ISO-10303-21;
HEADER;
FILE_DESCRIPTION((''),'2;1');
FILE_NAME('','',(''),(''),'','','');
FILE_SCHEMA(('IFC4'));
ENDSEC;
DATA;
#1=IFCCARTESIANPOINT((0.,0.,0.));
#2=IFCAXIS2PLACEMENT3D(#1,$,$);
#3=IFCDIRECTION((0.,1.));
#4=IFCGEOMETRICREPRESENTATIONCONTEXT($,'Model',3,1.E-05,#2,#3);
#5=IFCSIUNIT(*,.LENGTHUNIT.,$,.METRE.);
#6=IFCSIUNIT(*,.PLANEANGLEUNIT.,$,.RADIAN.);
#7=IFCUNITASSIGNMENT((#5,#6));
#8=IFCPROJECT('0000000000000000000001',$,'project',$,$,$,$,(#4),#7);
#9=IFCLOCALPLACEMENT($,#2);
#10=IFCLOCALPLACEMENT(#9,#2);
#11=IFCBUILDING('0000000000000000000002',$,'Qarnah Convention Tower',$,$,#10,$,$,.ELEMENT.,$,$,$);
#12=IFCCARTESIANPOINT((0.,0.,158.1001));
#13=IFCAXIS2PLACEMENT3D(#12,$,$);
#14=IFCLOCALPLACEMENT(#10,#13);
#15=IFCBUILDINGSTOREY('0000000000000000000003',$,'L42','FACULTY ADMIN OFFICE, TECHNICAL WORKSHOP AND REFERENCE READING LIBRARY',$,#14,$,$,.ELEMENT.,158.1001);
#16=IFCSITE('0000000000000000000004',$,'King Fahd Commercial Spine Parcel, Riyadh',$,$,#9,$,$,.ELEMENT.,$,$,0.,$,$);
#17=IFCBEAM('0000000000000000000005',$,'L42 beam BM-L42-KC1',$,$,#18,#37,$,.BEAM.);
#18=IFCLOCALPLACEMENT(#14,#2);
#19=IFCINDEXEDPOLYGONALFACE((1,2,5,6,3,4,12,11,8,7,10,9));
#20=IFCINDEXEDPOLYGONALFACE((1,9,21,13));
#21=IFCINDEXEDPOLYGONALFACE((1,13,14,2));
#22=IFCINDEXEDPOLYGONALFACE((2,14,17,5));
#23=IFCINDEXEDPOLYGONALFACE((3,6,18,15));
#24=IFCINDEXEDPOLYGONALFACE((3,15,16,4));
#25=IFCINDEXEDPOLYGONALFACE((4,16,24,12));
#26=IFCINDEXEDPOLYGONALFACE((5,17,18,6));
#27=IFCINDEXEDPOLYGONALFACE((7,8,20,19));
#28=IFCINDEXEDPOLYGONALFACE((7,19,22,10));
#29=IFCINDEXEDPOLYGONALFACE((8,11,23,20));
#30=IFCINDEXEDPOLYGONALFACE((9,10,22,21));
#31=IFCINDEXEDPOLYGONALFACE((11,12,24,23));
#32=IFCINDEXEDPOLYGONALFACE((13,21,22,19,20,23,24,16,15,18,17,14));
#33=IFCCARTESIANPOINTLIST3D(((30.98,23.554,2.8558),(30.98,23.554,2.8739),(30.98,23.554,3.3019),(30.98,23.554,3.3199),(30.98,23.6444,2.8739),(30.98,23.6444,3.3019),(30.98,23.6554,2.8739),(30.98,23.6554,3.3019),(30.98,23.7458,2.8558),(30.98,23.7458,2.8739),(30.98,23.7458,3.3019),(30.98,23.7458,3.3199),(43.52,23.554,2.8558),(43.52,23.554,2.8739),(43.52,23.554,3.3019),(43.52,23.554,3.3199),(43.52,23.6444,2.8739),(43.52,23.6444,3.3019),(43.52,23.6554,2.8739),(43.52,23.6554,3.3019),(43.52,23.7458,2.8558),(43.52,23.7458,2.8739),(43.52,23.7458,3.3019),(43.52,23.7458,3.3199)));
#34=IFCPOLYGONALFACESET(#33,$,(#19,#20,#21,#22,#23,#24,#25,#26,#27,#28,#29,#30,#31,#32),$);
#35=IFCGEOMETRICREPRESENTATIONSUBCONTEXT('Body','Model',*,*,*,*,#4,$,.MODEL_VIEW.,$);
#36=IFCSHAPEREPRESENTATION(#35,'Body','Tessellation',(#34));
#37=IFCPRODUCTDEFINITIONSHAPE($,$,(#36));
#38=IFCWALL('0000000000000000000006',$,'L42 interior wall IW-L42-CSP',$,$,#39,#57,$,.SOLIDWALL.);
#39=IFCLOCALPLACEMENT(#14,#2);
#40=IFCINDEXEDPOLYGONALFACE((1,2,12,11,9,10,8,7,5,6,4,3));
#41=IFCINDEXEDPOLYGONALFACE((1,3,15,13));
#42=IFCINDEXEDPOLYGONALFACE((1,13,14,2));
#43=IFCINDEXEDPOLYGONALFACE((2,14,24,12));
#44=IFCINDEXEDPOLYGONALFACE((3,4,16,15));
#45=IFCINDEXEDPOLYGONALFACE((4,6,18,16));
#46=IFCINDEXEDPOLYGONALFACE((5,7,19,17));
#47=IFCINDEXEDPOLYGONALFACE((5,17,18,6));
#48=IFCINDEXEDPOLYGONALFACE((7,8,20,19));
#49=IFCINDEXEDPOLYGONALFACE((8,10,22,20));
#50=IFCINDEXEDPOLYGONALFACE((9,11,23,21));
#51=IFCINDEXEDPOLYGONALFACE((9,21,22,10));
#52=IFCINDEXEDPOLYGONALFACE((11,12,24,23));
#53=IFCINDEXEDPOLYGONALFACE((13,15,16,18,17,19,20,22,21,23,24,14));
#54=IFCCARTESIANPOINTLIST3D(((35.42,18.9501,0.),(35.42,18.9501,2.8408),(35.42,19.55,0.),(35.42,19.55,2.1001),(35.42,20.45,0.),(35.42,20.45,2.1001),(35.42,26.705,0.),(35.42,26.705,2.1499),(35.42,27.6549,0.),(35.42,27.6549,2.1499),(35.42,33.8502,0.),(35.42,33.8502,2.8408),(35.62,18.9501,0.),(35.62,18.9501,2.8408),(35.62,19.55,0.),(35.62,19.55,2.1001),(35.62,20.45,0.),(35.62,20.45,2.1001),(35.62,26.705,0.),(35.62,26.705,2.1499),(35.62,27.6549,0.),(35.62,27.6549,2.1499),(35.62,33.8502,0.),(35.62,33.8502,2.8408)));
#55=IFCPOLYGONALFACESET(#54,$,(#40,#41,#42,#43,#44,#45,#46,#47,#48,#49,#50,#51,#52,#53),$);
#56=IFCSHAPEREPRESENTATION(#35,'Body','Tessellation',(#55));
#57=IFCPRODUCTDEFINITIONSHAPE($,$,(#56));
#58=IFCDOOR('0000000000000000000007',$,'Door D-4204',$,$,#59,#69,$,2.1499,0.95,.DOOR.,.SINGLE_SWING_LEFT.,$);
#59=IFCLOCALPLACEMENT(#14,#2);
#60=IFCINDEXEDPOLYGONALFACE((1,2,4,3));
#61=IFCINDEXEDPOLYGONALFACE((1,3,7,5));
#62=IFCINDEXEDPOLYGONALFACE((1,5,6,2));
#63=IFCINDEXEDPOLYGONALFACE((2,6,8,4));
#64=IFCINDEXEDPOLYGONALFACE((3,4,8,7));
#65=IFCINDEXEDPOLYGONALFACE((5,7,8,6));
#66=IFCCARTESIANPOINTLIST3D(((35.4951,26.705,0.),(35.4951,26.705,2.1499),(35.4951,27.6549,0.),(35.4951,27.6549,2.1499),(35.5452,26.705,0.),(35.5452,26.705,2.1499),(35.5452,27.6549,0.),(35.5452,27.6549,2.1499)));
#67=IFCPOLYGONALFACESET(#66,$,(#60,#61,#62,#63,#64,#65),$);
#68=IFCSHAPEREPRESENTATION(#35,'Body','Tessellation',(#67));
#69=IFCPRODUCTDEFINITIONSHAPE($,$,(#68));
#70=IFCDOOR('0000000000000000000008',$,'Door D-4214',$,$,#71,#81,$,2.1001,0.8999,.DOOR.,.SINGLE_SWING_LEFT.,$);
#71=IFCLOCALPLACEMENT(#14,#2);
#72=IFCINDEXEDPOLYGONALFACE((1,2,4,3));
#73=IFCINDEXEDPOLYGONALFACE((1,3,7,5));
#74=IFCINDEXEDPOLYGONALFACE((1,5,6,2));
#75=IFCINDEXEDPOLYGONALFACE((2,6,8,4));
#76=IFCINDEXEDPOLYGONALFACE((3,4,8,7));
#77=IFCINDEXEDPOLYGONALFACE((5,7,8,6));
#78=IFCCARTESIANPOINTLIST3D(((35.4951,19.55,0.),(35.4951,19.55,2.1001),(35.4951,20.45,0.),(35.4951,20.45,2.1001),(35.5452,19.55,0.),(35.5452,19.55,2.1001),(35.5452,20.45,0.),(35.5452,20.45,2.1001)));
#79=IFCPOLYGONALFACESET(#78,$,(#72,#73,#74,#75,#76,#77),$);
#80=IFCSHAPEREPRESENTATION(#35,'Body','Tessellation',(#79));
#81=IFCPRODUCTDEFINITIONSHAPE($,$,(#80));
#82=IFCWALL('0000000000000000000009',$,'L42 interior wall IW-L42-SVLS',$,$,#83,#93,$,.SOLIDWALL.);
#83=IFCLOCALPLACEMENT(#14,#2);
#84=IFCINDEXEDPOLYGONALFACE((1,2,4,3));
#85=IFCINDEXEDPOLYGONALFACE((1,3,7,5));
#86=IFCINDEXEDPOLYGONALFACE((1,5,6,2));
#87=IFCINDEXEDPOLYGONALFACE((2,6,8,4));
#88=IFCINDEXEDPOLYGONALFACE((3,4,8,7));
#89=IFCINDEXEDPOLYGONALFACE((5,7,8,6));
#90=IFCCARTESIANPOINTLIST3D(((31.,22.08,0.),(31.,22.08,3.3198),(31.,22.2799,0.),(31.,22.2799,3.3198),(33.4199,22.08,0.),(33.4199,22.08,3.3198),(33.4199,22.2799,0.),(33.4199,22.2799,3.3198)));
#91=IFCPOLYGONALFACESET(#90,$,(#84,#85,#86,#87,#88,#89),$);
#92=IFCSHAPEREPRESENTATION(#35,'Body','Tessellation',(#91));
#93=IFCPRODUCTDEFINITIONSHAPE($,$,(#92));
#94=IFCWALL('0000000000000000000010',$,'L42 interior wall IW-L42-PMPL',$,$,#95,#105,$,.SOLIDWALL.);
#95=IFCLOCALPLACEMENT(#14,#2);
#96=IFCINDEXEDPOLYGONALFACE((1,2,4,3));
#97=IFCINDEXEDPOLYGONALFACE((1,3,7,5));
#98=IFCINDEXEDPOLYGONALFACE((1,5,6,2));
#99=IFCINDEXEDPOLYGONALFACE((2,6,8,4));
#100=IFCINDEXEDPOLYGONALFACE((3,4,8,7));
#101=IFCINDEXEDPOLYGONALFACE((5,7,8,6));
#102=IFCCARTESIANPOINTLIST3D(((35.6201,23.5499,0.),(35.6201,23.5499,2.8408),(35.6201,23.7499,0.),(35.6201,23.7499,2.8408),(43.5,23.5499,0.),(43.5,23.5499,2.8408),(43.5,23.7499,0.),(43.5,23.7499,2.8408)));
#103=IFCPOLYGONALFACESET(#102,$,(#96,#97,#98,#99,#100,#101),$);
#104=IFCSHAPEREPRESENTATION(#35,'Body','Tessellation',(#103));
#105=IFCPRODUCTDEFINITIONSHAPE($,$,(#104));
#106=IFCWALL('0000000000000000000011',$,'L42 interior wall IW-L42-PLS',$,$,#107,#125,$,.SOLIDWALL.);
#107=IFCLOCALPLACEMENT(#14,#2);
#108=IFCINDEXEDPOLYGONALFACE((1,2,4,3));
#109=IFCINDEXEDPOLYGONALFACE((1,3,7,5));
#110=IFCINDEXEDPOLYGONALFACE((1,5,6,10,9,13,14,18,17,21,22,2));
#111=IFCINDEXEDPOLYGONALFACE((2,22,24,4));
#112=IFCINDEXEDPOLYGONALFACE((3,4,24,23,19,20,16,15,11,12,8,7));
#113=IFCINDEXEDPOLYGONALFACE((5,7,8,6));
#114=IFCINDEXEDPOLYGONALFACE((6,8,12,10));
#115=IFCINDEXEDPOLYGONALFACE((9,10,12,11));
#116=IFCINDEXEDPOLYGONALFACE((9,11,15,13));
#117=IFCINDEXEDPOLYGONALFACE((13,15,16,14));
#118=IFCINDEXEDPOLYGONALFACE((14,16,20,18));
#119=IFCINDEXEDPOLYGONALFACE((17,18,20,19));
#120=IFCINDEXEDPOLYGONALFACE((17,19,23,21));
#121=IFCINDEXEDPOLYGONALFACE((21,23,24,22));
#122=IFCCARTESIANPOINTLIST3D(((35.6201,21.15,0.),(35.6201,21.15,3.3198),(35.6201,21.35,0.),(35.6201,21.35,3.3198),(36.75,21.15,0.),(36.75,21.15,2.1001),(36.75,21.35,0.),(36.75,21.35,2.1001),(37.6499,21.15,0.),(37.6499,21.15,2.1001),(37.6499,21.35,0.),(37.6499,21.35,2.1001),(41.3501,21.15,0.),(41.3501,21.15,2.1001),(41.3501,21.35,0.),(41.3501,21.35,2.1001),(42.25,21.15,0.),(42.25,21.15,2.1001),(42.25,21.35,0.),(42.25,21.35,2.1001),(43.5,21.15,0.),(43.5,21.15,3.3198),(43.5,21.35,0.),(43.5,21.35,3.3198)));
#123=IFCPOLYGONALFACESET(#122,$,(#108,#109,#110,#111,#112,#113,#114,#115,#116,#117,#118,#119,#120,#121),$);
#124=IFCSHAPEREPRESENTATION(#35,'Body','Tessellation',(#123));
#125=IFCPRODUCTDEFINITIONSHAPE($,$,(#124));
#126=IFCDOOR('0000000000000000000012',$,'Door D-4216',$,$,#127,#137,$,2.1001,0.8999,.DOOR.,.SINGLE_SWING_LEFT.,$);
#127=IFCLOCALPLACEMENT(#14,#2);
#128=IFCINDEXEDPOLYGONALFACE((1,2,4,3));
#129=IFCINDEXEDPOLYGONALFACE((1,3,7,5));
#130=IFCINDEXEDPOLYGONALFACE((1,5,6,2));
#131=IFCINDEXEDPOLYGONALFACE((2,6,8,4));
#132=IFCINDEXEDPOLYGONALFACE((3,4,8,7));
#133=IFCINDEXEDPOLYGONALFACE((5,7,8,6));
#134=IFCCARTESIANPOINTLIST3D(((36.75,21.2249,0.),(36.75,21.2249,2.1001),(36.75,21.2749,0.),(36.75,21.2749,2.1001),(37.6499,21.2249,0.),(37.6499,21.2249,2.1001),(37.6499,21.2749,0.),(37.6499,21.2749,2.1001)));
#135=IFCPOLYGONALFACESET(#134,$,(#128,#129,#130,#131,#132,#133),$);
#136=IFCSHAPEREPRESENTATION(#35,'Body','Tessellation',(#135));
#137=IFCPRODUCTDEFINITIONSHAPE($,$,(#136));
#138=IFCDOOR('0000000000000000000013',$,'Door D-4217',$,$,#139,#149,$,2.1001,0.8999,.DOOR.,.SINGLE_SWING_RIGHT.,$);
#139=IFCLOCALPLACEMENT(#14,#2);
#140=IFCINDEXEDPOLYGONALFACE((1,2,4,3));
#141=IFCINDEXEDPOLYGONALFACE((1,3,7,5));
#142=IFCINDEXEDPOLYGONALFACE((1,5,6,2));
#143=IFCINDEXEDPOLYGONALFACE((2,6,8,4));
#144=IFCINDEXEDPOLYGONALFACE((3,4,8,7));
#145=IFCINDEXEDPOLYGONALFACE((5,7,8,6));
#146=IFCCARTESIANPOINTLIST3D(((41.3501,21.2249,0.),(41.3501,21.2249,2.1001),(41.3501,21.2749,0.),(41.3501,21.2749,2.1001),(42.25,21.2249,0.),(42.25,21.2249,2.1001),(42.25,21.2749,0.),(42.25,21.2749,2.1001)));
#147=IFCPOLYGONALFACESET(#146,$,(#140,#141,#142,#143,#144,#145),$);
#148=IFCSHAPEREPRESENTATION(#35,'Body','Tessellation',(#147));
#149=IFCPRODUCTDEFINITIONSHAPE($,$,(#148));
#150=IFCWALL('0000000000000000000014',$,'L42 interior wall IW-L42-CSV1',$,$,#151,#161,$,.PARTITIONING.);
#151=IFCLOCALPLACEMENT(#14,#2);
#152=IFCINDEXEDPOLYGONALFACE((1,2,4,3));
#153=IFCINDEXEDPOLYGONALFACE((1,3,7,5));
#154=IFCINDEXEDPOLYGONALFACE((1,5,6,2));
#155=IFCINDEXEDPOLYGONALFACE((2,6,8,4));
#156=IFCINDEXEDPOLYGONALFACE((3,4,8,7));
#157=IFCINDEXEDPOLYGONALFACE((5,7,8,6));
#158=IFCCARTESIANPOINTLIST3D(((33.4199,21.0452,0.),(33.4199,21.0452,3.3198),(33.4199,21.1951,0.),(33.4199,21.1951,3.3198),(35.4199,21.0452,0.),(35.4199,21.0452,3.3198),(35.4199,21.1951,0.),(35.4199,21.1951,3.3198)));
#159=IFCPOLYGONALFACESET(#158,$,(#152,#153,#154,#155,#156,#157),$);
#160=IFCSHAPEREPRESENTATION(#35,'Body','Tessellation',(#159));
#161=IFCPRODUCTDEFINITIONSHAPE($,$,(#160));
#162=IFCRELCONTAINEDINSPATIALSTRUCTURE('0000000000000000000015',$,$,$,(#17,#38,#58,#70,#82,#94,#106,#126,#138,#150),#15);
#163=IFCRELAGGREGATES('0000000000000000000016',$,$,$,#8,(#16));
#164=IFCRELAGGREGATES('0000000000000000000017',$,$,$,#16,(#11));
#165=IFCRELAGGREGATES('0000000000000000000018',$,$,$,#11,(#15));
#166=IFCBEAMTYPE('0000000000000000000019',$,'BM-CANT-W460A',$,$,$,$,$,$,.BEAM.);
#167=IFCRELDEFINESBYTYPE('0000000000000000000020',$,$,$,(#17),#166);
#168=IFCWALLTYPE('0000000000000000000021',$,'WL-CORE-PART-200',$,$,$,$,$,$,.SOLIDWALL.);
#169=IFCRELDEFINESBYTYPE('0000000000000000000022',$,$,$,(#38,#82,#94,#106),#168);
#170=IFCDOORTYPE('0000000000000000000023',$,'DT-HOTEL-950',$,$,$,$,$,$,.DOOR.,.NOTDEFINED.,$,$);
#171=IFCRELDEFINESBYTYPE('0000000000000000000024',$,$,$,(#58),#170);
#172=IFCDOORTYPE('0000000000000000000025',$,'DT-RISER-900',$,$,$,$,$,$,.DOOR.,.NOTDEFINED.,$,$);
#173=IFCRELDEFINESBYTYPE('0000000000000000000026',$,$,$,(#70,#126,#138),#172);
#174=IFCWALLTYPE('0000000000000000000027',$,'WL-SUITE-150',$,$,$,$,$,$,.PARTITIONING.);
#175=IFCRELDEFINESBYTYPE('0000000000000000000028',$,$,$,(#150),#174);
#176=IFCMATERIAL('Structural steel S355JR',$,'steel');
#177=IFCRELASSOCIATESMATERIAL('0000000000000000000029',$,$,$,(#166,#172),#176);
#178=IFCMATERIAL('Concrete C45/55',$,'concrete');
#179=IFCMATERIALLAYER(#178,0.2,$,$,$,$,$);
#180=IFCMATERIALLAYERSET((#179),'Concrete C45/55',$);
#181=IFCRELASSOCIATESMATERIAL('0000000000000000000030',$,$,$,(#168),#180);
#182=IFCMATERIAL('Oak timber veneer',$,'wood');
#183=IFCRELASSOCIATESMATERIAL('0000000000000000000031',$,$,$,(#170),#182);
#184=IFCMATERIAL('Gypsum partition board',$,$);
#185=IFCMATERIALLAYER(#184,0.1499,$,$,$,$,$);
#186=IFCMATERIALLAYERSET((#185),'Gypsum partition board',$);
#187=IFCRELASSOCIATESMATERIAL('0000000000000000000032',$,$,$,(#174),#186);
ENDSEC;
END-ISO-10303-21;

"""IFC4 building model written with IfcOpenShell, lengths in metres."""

from ifc_helpers import new_model, si_unit, direction, frame, frame_2d, origin, origin_2d, place, context, subcontext, project, spatial, rectangle, i_section, extrude, material, layer, layer_set, material_profile, profile_set, type_object, element, fill, save


model = new_model("IFC4")

# Units and contexts
model_context = context("Model", 3, precision=1e-05, world=origin(), true_north=direction((0.0, 1.0)))
body_context = subcontext(model_context, "Body", "Model", "MODEL_VIEW")
ifc_project = project(units=[si_unit("LENGTHUNIT", "METRE"), si_unit("PLANEANGLEUNIT", "RADIAN")], contexts=[model_context])

# Site, building, storey
site_placement = place(None, origin())
site = spatial("IfcSite", under=ifc_project, at=site_placement, Name="King Fahd Commercial Spine Parcel, Riyadh", CompositionType="ELEMENT", RefElevation=0.0)
building_placement = place(site_placement, origin())
building = spatial("IfcBuilding", under=site, at=building_placement, Name="Qarnah Convention Tower", CompositionType="ELEMENT")
storey_placement = place(building_placement, frame((0.0, 0.0, 158.1001)))
storey = spatial("IfcBuildingStorey", under=building, at=storey_placement, Name="L42", Description="FACULTY ADMIN OFFICE, TECHNICAL WORKSHOP AND REFERENCE READING LIBRARY", CompositionType="ELEMENT", Elevation=158.1001)

# Beam
ifc_material_1 = material(Name="Structural steel S355JR", Category="steel")
ifc_material_profile = material_profile(ifc_material_1, i_section(OverallWidth=0.1919, OverallDepth=0.4641, WebThickness=0.011, FlangeThickness=0.0181, at=origin_2d()), Name="W460X89")
ifc_profile_set = profile_set([ifc_material_profile], Name="Structural steel S355JR")
beam_type = type_object("IfcBeamType", Name="BM-CANT-W460A", PredefinedType="BEAM", material=ifc_profile_set)
beam_placement = place(storey_placement, frame((30.98, 23.6499, 3.0879), z_axis=(1.0, 0.0, 0.0), x_axis=(0.0, 1.0, 0.0)))
element("IfcBeam", 1, at=beam_placement, inside=storey, type_object=beam_type, Name="L42 beam BM-L42-KC1", PredefinedType="BEAM", context=body_context, shape_type="SweptSolid", body=[
    extrude(i_section(OverallWidth=0.1919, OverallDepth=0.4641, WebThickness=0.011, FlangeThickness=0.0181, at=origin_2d()), origin(), (0.0, 0.0, 1.0), 12.54),
])

# Wall, openings, doors
ifc_material_2 = material(Name="Concrete C45/55", Category="concrete")
ifc_layer_1 = layer(ifc_material_2, 0.2)
ifc_layer_set_1 = layer_set([ifc_layer_1], Name="Concrete C45/55")
wall_type_1 = type_object("IfcWallType", Name="WL-CORE-PART-200", PredefinedType="SOLIDWALL", material=ifc_layer_set_1)
wall_1_placement = place(storey_placement, frame((35.52, 18.95, 0.0), z_axis=(0.0, 0.0, 1.0), x_axis=(0.0, 1.0, 0.0)))
wall_1 = element("IfcWall", 2, at=wall_1_placement, inside=storey, type_object=wall_type_1, Name="L42 interior wall IW-L42-CSP", PredefinedType="SOLIDWALL", context=body_context, shape_type="SweptSolid", body=[
    extrude(rectangle(XDim=14.9001, YDim=0.2, at=frame_2d((7.4502, 0.0))), origin(), (0.0, 0.0, 1.0), 2.8408),
])
opening_1_placement = place(wall_1_placement, frame((7.7549, 0.0, 0.0)))
opening_1 = element("IfcOpeningElement", 3, at=opening_1_placement, cuts=wall_1, PredefinedType="OPENING", context=body_context, shape_type="SweptSolid", body=[
    extrude(rectangle(XDim=0.95, YDim=2.1499, at=frame_2d((0.4751, 1.075))), frame((0.0, 0.1099, 0.0), z_axis=(0.0, -1.0, 0.0), x_axis=(1.0, 0.0, 0.0)), (0.0, 0.0, 1.0), 0.22),
])
opening_2_placement = place(wall_1_placement, frame((0.6001, 0.0, 0.0)))
opening_2 = element("IfcOpeningElement", 4, at=opening_2_placement, cuts=wall_1, PredefinedType="OPENING", context=body_context, shape_type="SweptSolid", body=[
    extrude(rectangle(XDim=0.8999, YDim=2.1001, at=frame_2d((0.45, 1.05))), frame((0.0, 0.1099, 0.0), z_axis=(0.0, -1.0, 0.0), x_axis=(1.0, 0.0, 0.0)), (0.0, 0.0, 1.0), 0.22),
])
ifc_material_3 = material(Name="Oak timber veneer", Category="wood")
door_type_1 = type_object("IfcDoorType", Name="DT-HOTEL-950", OperationType="NOTDEFINED", PredefinedType="DOOR", material=ifc_material_3)
door_1_placement = place(opening_1_placement, origin())
door_1 = element("IfcDoor", 5, at=door_1_placement, inside=storey, type_object=door_type_1, Name="Door D-4204", OperationType="SINGLE_SWING_LEFT", OverallHeight=2.1499, OverallWidth=0.95, PredefinedType="DOOR", context=body_context, shape_type="SweptSolid", body=[
    extrude(rectangle(XDim=0.95, YDim=2.1499, at=frame_2d((0.4751, 1.075))), frame((0.0, 0.0249, 0.0), z_axis=(0.0, -1.0, 0.0), x_axis=(1.0, 0.0, 0.0)), (0.0, 0.0, 1.0), 0.05),
])
fill(opening_1, door_1)
door_type_2 = type_object("IfcDoorType", Name="DT-RISER-900", OperationType="NOTDEFINED", PredefinedType="DOOR", material=ifc_material_1)
door_2_placement = place(opening_2_placement, origin())
door_2 = element("IfcDoor", 6, at=door_2_placement, inside=storey, type_object=door_type_2, Name="Door D-4214", OperationType="SINGLE_SWING_LEFT", OverallHeight=2.1001, OverallWidth=0.8999, PredefinedType="DOOR", context=body_context, shape_type="SweptSolid", body=[
    extrude(rectangle(XDim=0.8999, YDim=2.1001, at=frame_2d((0.45, 1.05))), frame((0.0, 0.0249, 0.0), z_axis=(0.0, -1.0, 0.0), x_axis=(1.0, 0.0, 0.0)), (0.0, 0.0, 1.0), 0.05),
])
fill(opening_2, door_2)

# Walls
wall_2_placement = place(storey_placement, frame((31.0, 22.1799, 0.0), z_axis=(0.0, 0.0, 1.0), x_axis=(1.0, 0.0, 0.0)))
element("IfcWall", 7, at=wall_2_placement, inside=storey, type_object=wall_type_1, Name="L42 interior wall IW-L42-SVLS", PredefinedType="SOLIDWALL", context=body_context, shape_type="SweptSolid", body=[
    extrude(rectangle(XDim=2.4199, YDim=0.2, at=frame_2d((1.21, 0.0))), origin(), (0.0, 0.0, 1.0), 3.3198),
])
wall_3_placement = place(storey_placement, frame((35.6201, 23.6499, 0.0), z_axis=(0.0, 0.0, 1.0), x_axis=(1.0, 0.0, 0.0)))
element("IfcWall", 8, at=wall_3_placement, inside=storey, type_object=wall_type_1, Name="L42 interior wall IW-L42-PMPL", PredefinedType="SOLIDWALL", context=body_context, shape_type="SweptSolid", body=[
    extrude(rectangle(XDim=7.8799, YDim=0.2, at=frame_2d((3.9399, 0.0))), origin(), (0.0, 0.0, 1.0), 2.8408),
])

# Wall, openings, doors
wall_4_placement = place(storey_placement, frame((35.6201, 21.25, 0.0), z_axis=(0.0, 0.0, 1.0), x_axis=(1.0, 0.0, 0.0)))
wall_4 = element("IfcWall", 9, at=wall_4_placement, inside=storey, type_object=wall_type_1, Name="L42 interior wall IW-L42-PLS", PredefinedType="SOLIDWALL", context=body_context, shape_type="SweptSolid", body=[
    extrude(rectangle(XDim=7.8799, YDim=0.2, at=frame_2d((3.9399, 0.0))), origin(), (0.0, 0.0, 1.0), 3.3198),
])
opening_3_placement = place(wall_4_placement, frame((1.1299, 0.0, 0.0)))
opening_3 = element("IfcOpeningElement", 10, at=opening_3_placement, cuts=wall_4, PredefinedType="OPENING", context=body_context, shape_type="SweptSolid", body=[
    extrude(rectangle(XDim=0.8999, YDim=2.1001, at=frame_2d((0.45, 1.05))), frame((0.0, 0.1099, 0.0), z_axis=(0.0, -1.0, 0.0), x_axis=(1.0, 0.0, 0.0)), (0.0, 0.0, 1.0), 0.22),
])
opening_4_placement = place(wall_4_placement, frame((5.73, 0.0, 0.0)))
opening_4 = element("IfcOpeningElement", 11, at=opening_4_placement, cuts=wall_4, PredefinedType="OPENING", context=body_context, shape_type="SweptSolid", body=[
    extrude(rectangle(XDim=0.8999, YDim=2.1001, at=frame_2d((0.45, 1.05))), frame((0.0, 0.1099, 0.0), z_axis=(0.0, -1.0, 0.0), x_axis=(1.0, 0.0, 0.0)), (0.0, 0.0, 1.0), 0.22),
])
door_3_placement = place(opening_3_placement, origin())
door_3 = element("IfcDoor", 12, at=door_3_placement, inside=storey, type_object=door_type_2, Name="Door D-4216", OperationType="SINGLE_SWING_LEFT", OverallHeight=2.1001, OverallWidth=0.8999, PredefinedType="DOOR", context=body_context, shape_type="SweptSolid", body=[
    extrude(rectangle(XDim=0.8999, YDim=2.1001, at=frame_2d((0.45, 1.05))), frame((0.0, 0.0249, 0.0), z_axis=(0.0, -1.0, 0.0), x_axis=(1.0, 0.0, 0.0)), (0.0, 0.0, 1.0), 0.05),
])
fill(opening_3, door_3)
door_4_placement = place(opening_4_placement, origin())
door_4 = element("IfcDoor", 13, at=door_4_placement, inside=storey, type_object=door_type_2, Name="Door D-4217", OperationType="SINGLE_SWING_RIGHT", OverallHeight=2.1001, OverallWidth=0.8999, PredefinedType="DOOR", context=body_context, shape_type="SweptSolid", body=[
    extrude(rectangle(XDim=0.8999, YDim=2.1001, at=frame_2d((0.45, 1.05))), frame((0.0, 0.0249, 0.0), z_axis=(0.0, -1.0, 0.0), x_axis=(1.0, 0.0, 0.0)), (0.0, 0.0, 1.0), 0.05),
])
fill(opening_4, door_4)

# Wall
ifc_material_4 = material(Name="Gypsum partition board")
ifc_layer_2 = layer(ifc_material_4, 0.1499)
ifc_layer_set_2 = layer_set([ifc_layer_2], Name="Gypsum partition board")
wall_type_2 = type_object("IfcWallType", Name="WL-SUITE-150", PredefinedType="PARTITIONING", material=ifc_layer_set_2)
wall_5_placement = place(storey_placement, frame((33.4199, 21.1201, 0.0), z_axis=(0.0, 0.0, 1.0), x_axis=(1.0, 0.0, 0.0)))
element("IfcWall", 14, at=wall_5_placement, inside=storey, type_object=wall_type_2, Name="L42 interior wall IW-L42-CSV1", PredefinedType="PARTITIONING", context=body_context, shape_type="SweptSolid", body=[
    extrude(rectangle(XDim=2.0, YDim=0.1499, at=frame_2d((1.0, 0.0))), origin(), (0.0, 0.0, 1.0), 3.3198),
])

save(model, "model.ifc")
